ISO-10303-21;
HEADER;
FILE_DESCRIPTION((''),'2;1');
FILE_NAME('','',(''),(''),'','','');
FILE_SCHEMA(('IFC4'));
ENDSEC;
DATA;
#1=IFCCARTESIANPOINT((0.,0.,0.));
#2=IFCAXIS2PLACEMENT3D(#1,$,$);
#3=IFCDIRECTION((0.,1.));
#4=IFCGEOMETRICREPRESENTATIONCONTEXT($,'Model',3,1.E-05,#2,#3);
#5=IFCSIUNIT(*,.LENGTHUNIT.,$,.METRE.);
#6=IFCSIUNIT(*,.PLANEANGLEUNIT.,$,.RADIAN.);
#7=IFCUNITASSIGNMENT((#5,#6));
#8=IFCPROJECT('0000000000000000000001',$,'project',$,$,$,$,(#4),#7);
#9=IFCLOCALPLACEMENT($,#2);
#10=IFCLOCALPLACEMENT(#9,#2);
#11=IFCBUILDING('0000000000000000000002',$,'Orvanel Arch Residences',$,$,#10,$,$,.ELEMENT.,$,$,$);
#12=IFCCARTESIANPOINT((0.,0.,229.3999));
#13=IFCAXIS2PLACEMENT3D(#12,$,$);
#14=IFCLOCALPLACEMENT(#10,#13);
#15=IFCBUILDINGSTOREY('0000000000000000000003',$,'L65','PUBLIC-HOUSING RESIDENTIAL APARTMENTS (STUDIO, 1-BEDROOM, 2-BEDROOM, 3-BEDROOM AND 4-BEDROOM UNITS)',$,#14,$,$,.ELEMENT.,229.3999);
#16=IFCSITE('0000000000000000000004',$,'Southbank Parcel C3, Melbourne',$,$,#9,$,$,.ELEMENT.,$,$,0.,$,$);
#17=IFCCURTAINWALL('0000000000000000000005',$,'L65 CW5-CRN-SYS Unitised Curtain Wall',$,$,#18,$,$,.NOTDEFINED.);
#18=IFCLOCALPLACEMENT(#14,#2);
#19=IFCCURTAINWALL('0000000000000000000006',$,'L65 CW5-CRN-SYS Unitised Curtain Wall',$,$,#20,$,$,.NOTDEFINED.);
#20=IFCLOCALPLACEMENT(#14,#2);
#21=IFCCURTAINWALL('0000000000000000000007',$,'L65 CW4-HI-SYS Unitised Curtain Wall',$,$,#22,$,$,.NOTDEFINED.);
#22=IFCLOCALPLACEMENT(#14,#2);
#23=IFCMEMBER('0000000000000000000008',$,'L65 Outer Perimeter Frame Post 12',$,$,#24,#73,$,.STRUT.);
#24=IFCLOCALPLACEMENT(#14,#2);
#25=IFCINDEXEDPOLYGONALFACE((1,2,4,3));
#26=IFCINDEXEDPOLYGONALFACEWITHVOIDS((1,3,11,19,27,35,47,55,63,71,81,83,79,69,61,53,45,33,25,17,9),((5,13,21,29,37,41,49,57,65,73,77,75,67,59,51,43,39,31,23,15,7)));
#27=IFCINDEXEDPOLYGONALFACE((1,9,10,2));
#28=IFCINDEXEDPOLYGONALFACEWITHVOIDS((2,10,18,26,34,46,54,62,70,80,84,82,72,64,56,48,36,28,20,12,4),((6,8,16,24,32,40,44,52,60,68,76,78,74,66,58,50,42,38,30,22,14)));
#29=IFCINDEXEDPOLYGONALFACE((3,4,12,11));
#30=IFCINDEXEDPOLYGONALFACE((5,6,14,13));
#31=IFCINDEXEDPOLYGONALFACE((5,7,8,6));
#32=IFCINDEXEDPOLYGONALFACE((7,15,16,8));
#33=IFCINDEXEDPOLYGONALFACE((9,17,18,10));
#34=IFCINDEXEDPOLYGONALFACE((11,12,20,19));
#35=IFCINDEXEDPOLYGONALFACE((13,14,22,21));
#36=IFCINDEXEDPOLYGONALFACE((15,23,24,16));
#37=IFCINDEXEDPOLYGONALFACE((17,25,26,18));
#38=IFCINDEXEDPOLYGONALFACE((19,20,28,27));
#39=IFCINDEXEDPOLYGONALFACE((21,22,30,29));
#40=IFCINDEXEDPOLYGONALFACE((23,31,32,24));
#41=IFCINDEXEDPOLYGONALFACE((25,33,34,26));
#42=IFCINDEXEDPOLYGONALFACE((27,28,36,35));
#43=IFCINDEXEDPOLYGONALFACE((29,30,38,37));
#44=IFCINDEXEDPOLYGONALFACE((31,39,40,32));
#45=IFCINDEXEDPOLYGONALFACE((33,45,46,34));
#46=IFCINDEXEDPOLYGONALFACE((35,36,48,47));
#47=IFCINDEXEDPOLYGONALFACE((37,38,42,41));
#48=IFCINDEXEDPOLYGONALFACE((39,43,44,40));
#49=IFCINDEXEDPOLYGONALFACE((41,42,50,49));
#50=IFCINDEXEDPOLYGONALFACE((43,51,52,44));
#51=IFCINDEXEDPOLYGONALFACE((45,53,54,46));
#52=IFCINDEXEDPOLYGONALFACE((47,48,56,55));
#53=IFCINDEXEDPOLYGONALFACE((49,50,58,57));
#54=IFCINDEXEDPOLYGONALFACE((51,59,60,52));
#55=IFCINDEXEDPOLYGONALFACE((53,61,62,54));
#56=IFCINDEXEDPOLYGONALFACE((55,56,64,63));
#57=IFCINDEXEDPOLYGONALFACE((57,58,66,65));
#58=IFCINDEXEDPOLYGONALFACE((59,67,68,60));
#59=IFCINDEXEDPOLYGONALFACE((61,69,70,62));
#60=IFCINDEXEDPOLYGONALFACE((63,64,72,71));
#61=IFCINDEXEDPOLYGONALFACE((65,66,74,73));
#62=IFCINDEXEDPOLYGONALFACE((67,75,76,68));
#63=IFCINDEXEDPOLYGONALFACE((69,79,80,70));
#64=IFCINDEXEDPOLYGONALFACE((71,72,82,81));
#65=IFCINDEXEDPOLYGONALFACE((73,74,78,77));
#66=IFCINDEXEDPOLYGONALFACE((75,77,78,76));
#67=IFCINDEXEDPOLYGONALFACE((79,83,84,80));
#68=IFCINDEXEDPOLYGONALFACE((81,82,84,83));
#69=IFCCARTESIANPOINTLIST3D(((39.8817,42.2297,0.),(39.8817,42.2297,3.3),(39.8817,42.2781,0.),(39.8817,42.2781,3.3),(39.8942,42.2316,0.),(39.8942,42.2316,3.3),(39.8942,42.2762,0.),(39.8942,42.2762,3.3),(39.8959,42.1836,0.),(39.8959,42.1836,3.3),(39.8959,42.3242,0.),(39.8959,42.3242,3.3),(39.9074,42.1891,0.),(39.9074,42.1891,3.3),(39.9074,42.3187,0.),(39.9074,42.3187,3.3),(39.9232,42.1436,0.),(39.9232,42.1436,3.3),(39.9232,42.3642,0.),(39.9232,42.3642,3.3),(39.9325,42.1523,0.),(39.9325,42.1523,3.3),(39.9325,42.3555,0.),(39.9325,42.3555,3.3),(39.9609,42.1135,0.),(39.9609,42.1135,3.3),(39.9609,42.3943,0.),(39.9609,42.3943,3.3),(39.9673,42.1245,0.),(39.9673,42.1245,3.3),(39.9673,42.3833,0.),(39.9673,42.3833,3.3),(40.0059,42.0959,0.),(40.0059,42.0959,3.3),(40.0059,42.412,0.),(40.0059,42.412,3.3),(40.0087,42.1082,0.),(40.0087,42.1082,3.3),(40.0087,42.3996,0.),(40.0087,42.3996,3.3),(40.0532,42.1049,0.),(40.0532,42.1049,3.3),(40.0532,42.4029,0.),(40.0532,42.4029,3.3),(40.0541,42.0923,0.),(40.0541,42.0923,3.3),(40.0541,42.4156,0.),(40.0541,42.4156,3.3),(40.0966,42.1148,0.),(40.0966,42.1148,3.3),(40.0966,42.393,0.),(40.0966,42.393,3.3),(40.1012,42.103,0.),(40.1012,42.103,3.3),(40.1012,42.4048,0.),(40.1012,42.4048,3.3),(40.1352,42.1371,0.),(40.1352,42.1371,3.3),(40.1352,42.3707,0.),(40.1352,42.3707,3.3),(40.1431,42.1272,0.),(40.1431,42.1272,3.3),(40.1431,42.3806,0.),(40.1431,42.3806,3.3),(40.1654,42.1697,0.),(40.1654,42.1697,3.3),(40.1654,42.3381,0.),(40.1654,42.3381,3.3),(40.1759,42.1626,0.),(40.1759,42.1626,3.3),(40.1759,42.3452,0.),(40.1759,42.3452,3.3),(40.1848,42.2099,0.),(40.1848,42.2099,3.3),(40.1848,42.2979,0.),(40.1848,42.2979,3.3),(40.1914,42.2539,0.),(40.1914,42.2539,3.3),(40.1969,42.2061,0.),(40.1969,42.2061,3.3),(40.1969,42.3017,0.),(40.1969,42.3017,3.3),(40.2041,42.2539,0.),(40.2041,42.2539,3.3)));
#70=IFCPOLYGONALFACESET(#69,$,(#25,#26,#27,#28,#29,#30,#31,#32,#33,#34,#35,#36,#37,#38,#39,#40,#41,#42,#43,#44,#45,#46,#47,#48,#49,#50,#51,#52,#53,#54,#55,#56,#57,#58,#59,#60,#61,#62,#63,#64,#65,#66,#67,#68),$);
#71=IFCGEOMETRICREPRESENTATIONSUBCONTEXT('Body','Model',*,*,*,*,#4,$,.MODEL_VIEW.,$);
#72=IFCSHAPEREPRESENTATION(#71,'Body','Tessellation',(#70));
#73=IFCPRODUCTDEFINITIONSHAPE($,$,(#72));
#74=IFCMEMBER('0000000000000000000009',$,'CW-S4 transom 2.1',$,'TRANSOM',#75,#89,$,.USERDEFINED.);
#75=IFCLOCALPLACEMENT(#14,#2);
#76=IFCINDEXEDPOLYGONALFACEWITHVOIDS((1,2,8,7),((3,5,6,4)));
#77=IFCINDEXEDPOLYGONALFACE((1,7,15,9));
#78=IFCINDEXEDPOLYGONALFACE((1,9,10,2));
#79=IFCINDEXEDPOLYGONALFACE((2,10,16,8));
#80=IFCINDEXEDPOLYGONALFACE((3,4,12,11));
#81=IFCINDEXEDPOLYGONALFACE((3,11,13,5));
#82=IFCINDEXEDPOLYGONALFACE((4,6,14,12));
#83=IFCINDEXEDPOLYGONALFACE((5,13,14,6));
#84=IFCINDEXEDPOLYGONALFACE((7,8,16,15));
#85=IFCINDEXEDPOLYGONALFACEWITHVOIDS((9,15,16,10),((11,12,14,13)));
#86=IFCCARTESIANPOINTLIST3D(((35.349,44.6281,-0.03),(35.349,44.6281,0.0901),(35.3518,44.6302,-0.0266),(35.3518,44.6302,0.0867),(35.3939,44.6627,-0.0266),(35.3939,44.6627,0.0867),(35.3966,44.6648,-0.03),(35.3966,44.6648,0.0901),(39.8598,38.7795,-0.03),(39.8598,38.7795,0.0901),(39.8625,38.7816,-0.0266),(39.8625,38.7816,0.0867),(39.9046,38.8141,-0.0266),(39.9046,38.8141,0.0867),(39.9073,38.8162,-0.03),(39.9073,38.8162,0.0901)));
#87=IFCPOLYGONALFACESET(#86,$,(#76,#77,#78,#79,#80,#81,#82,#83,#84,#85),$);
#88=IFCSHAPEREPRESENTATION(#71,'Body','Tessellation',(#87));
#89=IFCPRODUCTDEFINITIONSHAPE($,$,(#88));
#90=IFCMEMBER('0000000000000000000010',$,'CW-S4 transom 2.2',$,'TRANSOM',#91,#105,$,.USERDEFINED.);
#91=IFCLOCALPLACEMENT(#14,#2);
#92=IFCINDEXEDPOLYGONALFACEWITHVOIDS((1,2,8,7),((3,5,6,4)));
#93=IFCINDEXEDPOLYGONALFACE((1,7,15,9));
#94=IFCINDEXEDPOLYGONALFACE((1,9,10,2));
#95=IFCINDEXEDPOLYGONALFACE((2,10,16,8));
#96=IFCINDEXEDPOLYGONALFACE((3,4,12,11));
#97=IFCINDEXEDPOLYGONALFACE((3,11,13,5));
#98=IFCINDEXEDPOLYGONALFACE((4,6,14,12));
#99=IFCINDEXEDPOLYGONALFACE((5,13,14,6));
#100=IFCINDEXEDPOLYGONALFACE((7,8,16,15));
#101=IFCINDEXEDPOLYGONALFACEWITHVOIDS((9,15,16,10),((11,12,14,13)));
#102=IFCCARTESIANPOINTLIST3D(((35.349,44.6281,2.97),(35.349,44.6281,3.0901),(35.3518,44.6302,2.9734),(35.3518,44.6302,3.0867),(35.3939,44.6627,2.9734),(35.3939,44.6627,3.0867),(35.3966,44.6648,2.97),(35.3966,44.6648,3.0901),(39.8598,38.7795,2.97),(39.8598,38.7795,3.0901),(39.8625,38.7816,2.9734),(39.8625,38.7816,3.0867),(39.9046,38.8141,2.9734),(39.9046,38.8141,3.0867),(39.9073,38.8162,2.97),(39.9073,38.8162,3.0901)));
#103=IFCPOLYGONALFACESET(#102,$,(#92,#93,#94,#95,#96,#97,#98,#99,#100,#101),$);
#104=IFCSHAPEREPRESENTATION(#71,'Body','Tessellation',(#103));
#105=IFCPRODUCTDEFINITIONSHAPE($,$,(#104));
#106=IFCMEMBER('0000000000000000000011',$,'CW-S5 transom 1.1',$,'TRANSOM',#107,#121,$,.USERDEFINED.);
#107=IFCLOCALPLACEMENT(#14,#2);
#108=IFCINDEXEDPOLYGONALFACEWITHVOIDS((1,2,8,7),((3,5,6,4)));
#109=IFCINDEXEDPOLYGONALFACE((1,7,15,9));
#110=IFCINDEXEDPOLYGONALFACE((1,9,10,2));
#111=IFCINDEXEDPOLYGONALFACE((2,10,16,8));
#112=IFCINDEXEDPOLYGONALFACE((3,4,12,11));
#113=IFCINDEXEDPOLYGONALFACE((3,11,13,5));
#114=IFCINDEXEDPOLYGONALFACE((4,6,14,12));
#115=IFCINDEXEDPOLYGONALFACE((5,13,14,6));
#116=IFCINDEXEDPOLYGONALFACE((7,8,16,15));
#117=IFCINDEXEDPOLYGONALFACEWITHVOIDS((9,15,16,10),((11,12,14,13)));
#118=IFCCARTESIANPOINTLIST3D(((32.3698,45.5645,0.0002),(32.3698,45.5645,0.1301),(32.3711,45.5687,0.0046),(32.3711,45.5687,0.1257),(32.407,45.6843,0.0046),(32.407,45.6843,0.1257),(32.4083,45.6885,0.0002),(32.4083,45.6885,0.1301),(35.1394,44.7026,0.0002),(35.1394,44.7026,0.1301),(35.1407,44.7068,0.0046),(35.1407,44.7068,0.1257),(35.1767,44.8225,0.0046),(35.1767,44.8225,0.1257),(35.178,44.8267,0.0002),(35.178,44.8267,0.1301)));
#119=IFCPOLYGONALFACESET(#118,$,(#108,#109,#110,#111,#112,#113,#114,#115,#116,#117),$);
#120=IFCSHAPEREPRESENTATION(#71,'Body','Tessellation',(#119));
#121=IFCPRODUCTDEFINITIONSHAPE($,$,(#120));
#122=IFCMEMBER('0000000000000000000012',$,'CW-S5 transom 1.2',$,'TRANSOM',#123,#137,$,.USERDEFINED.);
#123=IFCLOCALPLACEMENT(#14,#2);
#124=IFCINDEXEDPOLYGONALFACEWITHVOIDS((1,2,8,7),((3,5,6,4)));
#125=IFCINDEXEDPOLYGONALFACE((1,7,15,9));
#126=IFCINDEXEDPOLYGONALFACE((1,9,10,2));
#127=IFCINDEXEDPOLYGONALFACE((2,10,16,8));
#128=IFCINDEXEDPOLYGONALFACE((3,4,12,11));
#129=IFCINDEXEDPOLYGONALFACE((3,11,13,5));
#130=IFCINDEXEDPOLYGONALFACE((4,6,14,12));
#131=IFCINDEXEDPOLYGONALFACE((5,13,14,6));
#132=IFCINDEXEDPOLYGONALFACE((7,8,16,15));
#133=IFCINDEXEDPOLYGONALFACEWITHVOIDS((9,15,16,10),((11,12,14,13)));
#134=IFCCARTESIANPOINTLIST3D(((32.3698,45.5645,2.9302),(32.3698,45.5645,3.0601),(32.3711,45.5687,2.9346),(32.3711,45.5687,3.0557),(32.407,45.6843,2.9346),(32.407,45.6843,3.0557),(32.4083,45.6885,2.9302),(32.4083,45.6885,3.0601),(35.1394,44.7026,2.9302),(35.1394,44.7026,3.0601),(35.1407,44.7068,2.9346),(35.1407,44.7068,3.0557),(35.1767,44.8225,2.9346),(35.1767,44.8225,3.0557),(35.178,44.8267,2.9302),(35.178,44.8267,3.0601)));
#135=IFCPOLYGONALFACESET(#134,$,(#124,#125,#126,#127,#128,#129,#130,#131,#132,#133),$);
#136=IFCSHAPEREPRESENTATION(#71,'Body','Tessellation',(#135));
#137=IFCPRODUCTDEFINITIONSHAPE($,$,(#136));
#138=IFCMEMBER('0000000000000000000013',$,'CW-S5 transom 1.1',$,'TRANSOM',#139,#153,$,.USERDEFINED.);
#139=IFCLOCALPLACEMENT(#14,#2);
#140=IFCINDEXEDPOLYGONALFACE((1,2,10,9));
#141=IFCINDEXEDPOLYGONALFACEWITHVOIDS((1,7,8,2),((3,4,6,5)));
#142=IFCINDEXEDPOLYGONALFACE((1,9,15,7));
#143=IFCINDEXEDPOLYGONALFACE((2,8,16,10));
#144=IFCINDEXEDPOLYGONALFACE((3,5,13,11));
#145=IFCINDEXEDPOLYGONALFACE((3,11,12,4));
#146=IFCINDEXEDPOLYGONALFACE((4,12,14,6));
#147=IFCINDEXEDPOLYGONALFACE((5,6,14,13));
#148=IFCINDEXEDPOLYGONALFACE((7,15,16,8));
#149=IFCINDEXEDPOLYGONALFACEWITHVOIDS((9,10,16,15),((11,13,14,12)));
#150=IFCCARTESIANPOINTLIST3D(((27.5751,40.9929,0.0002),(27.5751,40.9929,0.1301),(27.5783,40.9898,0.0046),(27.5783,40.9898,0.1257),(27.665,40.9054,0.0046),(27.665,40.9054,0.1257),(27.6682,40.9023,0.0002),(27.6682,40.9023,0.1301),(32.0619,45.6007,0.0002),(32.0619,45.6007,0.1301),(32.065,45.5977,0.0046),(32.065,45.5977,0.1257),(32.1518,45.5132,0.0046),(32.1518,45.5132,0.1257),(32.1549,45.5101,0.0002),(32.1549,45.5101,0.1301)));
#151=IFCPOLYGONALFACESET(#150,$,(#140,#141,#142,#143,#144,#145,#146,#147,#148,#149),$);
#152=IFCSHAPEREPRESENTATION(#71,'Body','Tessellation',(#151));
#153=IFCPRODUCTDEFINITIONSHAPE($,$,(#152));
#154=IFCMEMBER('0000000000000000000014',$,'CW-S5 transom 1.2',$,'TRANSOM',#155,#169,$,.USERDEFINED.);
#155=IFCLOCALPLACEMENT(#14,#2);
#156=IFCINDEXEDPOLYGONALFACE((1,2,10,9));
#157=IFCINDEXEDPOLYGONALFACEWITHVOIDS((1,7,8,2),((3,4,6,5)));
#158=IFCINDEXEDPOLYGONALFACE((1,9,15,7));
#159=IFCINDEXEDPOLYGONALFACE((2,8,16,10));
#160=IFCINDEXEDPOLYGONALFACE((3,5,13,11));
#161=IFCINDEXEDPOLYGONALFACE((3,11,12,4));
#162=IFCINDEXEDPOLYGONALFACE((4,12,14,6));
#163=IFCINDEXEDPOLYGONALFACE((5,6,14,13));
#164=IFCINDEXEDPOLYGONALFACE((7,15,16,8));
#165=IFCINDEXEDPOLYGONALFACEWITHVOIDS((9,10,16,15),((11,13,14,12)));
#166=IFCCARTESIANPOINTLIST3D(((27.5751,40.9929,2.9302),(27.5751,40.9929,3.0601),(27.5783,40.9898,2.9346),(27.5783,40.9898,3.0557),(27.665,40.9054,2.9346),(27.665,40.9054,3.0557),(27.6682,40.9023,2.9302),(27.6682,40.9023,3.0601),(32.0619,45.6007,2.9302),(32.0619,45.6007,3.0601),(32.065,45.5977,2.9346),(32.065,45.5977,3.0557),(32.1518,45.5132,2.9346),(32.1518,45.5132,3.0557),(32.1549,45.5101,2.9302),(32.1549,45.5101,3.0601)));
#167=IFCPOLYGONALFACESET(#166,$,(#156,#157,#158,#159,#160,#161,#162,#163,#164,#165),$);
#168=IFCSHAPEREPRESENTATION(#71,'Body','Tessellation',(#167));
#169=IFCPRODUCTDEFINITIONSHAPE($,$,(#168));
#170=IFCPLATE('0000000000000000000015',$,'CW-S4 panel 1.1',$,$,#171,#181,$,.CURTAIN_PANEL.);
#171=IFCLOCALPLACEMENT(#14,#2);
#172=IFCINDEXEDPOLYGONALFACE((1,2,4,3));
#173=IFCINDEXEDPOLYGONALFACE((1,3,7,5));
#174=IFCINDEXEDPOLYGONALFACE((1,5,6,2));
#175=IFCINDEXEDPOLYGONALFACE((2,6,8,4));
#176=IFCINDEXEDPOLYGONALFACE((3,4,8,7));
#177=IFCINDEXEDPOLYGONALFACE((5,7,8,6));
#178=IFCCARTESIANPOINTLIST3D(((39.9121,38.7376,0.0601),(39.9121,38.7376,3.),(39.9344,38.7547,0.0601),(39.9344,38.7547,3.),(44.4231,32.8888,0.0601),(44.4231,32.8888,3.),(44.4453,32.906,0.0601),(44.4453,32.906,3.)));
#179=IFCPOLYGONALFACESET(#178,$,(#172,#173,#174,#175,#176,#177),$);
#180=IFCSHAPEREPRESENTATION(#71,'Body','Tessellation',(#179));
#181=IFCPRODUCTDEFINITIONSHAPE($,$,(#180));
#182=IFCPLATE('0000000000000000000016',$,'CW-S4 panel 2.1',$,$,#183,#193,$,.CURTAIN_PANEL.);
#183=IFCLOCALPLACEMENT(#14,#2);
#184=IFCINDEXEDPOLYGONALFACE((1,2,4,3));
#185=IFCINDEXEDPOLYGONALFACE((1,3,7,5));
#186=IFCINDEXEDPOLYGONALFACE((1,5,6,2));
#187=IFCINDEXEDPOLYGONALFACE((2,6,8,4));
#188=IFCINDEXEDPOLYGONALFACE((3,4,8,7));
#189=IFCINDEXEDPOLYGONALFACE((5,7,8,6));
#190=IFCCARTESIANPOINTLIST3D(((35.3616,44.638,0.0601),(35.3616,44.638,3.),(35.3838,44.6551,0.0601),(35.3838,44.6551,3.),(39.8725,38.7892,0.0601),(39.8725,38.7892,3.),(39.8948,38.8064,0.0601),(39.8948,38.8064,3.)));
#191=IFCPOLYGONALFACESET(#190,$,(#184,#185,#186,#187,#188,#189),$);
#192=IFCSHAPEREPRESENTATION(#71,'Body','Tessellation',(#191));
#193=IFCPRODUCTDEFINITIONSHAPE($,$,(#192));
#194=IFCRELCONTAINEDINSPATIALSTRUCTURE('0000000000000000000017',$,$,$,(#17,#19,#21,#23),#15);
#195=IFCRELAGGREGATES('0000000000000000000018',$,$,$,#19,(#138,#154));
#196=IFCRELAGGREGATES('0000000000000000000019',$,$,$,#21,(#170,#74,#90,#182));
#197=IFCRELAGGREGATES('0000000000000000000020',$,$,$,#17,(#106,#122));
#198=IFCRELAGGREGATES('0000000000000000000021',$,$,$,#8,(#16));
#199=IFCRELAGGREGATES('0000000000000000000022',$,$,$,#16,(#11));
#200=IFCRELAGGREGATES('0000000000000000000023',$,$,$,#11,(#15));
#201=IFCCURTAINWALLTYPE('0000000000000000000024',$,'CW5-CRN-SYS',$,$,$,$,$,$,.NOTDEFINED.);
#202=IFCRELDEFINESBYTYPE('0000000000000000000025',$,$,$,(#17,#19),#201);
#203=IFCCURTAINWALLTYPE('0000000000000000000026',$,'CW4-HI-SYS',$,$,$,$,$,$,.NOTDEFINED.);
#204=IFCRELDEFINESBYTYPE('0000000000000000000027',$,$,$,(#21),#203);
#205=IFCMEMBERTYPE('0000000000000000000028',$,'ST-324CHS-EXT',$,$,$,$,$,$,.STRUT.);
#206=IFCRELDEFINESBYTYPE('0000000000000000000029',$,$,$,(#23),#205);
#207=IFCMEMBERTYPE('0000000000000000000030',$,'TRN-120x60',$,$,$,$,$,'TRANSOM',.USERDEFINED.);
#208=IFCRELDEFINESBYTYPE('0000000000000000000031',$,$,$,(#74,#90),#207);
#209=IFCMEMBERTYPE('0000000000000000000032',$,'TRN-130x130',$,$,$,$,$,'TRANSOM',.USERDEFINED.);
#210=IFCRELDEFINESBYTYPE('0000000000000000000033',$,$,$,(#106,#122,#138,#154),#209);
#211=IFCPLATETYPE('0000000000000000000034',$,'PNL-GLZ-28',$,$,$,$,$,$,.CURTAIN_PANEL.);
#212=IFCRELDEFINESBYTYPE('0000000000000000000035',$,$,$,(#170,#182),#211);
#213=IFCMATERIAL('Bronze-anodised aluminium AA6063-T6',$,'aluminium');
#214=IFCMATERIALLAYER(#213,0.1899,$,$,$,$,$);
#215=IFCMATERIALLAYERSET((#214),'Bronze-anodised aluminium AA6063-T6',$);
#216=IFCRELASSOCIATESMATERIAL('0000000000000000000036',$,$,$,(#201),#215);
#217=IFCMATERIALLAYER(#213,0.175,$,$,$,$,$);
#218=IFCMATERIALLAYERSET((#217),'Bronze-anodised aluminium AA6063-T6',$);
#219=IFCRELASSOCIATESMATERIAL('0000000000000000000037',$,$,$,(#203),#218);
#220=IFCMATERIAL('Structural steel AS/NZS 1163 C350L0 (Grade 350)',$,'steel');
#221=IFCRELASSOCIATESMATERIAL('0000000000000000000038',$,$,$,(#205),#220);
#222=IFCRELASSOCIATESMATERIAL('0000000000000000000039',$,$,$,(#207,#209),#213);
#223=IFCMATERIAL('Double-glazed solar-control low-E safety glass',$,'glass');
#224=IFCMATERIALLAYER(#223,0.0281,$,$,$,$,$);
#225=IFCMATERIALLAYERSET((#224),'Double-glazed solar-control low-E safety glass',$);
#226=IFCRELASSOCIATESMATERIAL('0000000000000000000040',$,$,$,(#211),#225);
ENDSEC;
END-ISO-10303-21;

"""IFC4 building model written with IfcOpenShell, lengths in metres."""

from ifc_helpers import new_model, si_unit, direction, frame, origin, origin_2d, place, context, subcontext, project, spatial, rectangle, hollow_rectangle, hollow_circle, extrude, material, layer, layer_set, material_profile, profile_set, type_object, element, aggregate, save


model = new_model("IFC4")

# Units and contexts
model_context = context("Model", 3, precision=1e-05, world=origin(), true_north=direction((0.0, 1.0)))
body_context = subcontext(model_context, "Body", "Model", "MODEL_VIEW")
ifc_project = project(units=[si_unit("LENGTHUNIT", "METRE"), si_unit("PLANEANGLEUNIT", "RADIAN")], contexts=[model_context])

# Site, building, storey
site_placement = place(None, origin())
site = spatial("IfcSite", under=ifc_project, at=site_placement, Name="Southbank Parcel C3, Melbourne", CompositionType="ELEMENT", RefElevation=0.0)
building_placement = place(site_placement, origin())
building = spatial("IfcBuilding", under=site, at=building_placement, Name="Orvanel Arch Residences", CompositionType="ELEMENT")
storey_placement = place(building_placement, frame((0.0, 0.0, 229.3999)))
storey = spatial("IfcBuildingStorey", under=building, at=storey_placement, Name="L65", Description="PUBLIC-HOUSING RESIDENTIAL APARTMENTS (STUDIO, 1-BEDROOM, 2-BEDROOM, 3-BEDROOM AND 4-BEDROOM UNITS)", CompositionType="ELEMENT", Elevation=229.3999)

# Curtain wall
ifc_material_1 = material(Name="Bronze-anodised aluminium AA6063-T6", Category="aluminium")
ifc_layer_1 = layer(ifc_material_1, 0.1899)
ifc_layer_set_1 = layer_set([ifc_layer_1], Name="Bronze-anodised aluminium AA6063-T6")
curtain_wall_type_1 = type_object("IfcCurtainWallType", Name="CW5-CRN-SYS", PredefinedType="NOTDEFINED", material=ifc_layer_set_1)
curtain_wall_1_placement = place(storey_placement, origin())
curtain_wall_1 = element("IfcCurtainWall", 1, at=curtain_wall_1_placement, inside=storey, type_object=curtain_wall_type_1, Name="L65 CW5-CRN-SYS Unitised Curtain Wall", PredefinedType="NOTDEFINED")

# Curtain wall
curtain_wall_2_placement = place(storey_placement, origin())
curtain_wall_2 = element("IfcCurtainWall", 2, at=curtain_wall_2_placement, inside=storey, type_object=curtain_wall_type_1, Name="L65 CW5-CRN-SYS Unitised Curtain Wall", PredefinedType="NOTDEFINED")

# Curtain wall
ifc_layer_2 = layer(ifc_material_1, 0.175)
ifc_layer_set_2 = layer_set([ifc_layer_2], Name="Bronze-anodised aluminium AA6063-T6")
curtain_wall_type_2 = type_object("IfcCurtainWallType", Name="CW4-HI-SYS", PredefinedType="NOTDEFINED", material=ifc_layer_set_2)
curtain_wall_3_placement = place(storey_placement, origin())
curtain_wall_3 = element("IfcCurtainWall", 3, at=curtain_wall_3_placement, inside=storey, type_object=curtain_wall_type_2, Name="L65 CW4-HI-SYS Unitised Curtain Wall", PredefinedType="NOTDEFINED")

# Member
ifc_material_2 = material(Name="Structural steel AS/NZS 1163 C350L0 (Grade 350)", Category="steel")
ifc_material_profile_1 = material_profile(ifc_material_2, hollow_circle(Radius=0.1621, WallThickness=0.0127, at=origin_2d()), Name="CHS324x12.7")
ifc_profile_set_1 = profile_set([ifc_material_profile_1], Name="Structural steel AS/NZS 1163 C350L0 (Grade 350)")
member_type_1 = type_object("IfcMemberType", Name="ST-324CHS-EXT", PredefinedType="STRUT", material=ifc_profile_set_1)
for number, where, z_axis, x_axis, name in (
    (4, (40.042, 42.2539, 0.0), (0.0, 0.0, 1.0), (1.0, 0.0, 0.0), "L65 Outer Perimeter Frame Post 12"),
):
    element("IfcMember", number, at=place(storey_placement, frame(where, z_axis=z_axis, x_axis=x_axis)), inside=storey, type_object=member_type_1, Name=name, PredefinedType="STRUT", context=body_context, shape_type="SweptSolid", body=[
        extrude(hollow_circle(Radius=0.1621, WallThickness=0.0127, at=origin_2d()), origin(), (0.0, 0.0, 1.0), 3.3),
    ])

# Members
ifc_material_profile_2 = material_profile(ifc_material_1, hollow_rectangle(XDim=0.0601, YDim=0.1201, WallThickness=0.0034, at=origin_2d()), Name="ALU120x60x3.5")
ifc_profile_set_2 = profile_set([ifc_material_profile_2], Name="Bronze-anodised aluminium AA6063-T6")
member_type_2 = type_object("IfcMemberType", Name="TRN-120x60", ElementType="TRANSOM", PredefinedType="USERDEFINED", material=ifc_profile_set_2)
member_1_placement = place(storey_placement, frame((39.8835, 38.7979, 0.03), z_axis=(-0.610713, 0.791852, 0.0), x_axis=(-0.791852, -0.610713, 0.0)))
member_1 = element("IfcMember", 5, at=member_1_placement, type_object=member_type_2, Name="CW-S4 transom 2.1", ObjectType="TRANSOM", PredefinedType="USERDEFINED", context=body_context, shape_type="SweptSolid", body=[
    extrude(hollow_rectangle(XDim=0.0601, YDim=0.1201, WallThickness=0.0034, at=origin_2d()), origin(), (0.0, 0.0, 1.0), 7.386),
])
member_2_placement = place(storey_placement, frame((39.8835, 38.7979, 3.03), z_axis=(-0.610713, 0.791852, 0.0), x_axis=(-0.791852, -0.610713, 0.0)))
member_2 = element("IfcMember", 6, at=member_2_placement, type_object=member_type_2, Name="CW-S4 transom 2.2", ObjectType="TRANSOM", PredefinedType="USERDEFINED", context=body_context, shape_type="SweptSolid", body=[
    extrude(hollow_rectangle(XDim=0.0601, YDim=0.1201, WallThickness=0.0034, at=origin_2d()), origin(), (0.0, 0.0, 1.0), 7.386),
])
ifc_material_profile_3 = material_profile(ifc_material_1, hollow_rectangle(XDim=0.1299, YDim=0.1299, WallThickness=0.0044, at=origin_2d()), Name="ALU130x130x4.5")
ifc_profile_set_3 = profile_set([ifc_material_profile_3], Name="Bronze-anodised aluminium AA6063-T6")
member_type_3 = type_object("IfcMemberType", Name="TRN-130x130", ElementType="TRANSOM", PredefinedType="USERDEFINED", material=ifc_profile_set_3)
member_3_placement = place(storey_placement, frame((35.1587, 44.7646, 0.0652), z_axis=(-0.954839, 0.297125, 0.0), x_axis=(-0.297125, -0.954839, 0.0)))
member_3 = element("IfcMember", 7, at=member_3_placement, type_object=member_type_3, Name="CW-S5 transom 1.1", ObjectType="TRANSOM", PredefinedType="USERDEFINED", context=body_context, shape_type="SweptSolid", body=[
    extrude(hollow_rectangle(XDim=0.1299, YDim=0.1299, WallThickness=0.0044, at=origin_2d()), origin(), (0.0, 0.0, 1.0), 2.9006),
])
member_4_placement = place(storey_placement, frame((35.1587, 44.7646, 2.9951), z_axis=(-0.954839, 0.297125, 0.0), x_axis=(-0.297125, -0.954839, 0.0)))
member_4 = element("IfcMember", 8, at=member_4_placement, type_object=member_type_3, Name="CW-S5 transom 1.2", ObjectType="TRANSOM", PredefinedType="USERDEFINED", context=body_context, shape_type="SweptSolid", body=[
    extrude(hollow_rectangle(XDim=0.1299, YDim=0.1299, WallThickness=0.0044, at=origin_2d()), origin(), (0.0, 0.0, 1.0), 2.9006),
])
member_5_placement = place(storey_placement, frame((32.1084, 45.5554, 0.0652), z_axis=(-0.69763, -0.716458, 0.0), x_axis=(0.716458, -0.69763, 0.0)))
member_5 = element("IfcMember", 9, at=member_5_placement, type_object=member_type_3, Name="CW-S5 transom 1.1", ObjectType="TRANSOM", PredefinedType="USERDEFINED", context=body_context, shape_type="SweptSolid", body=[
    extrude(hollow_rectangle(XDim=0.1299, YDim=0.1299, WallThickness=0.0044, at=origin_2d()), origin(), (0.0, 0.0, 1.0), 6.4314),
])
member_6_placement = place(storey_placement, frame((32.1084, 45.5554, 2.9951), z_axis=(-0.69763, -0.716458, 0.0), x_axis=(0.716458, -0.69763, 0.0)))
member_6 = element("IfcMember", 10, at=member_6_placement, type_object=member_type_3, Name="CW-S5 transom 1.2", ObjectType="TRANSOM", PredefinedType="USERDEFINED", context=body_context, shape_type="SweptSolid", body=[
    extrude(hollow_rectangle(XDim=0.1299, YDim=0.1299, WallThickness=0.0044, at=origin_2d()), origin(), (0.0, 0.0, 1.0), 6.4314),
])
aggregate(curtain_wall_2, [member_5, member_6])

# Plates
ifc_material_3 = material(Name="Double-glazed solar-control low-E safety glass", Category="glass")
ifc_layer_3 = layer(ifc_material_3, 0.0281)
ifc_layer_set_3 = layer_set([ifc_layer_3], Name="Double-glazed solar-control low-E safety glass")
plate_type_1 = type_object("IfcPlateType", Name="PNL-GLZ-28", PredefinedType="CURTAIN_PANEL", material=ifc_layer_set_3)
plate_1_placement = place(storey_placement, frame((42.1787, 35.8218, 0.0601), z_axis=(0.0, 0.0, 1.0), x_axis=(-0.610721, 0.791846, 0.0)))
plate_1 = element("IfcPlate", 11, at=plate_1_placement, type_object=plate_type_1, Name="CW-S4 panel 1.1", PredefinedType="CURTAIN_PANEL", context=body_context, shape_type="SweptSolid", body=[
    extrude(rectangle(XDim=7.3862, YDim=0.0281, at=origin_2d()), origin(), (0.0, 0.0, 1.0), 2.9399),
])
plate_2_placement = place(storey_placement, frame((37.6282, 41.7222, 0.0601), z_axis=(0.0, 0.0, 1.0), x_axis=(-0.610721, 0.791846, 0.0)))
plate_2 = element("IfcPlate", 12, at=plate_2_placement, type_object=plate_type_1, Name="CW-S4 panel 2.1", PredefinedType="CURTAIN_PANEL", context=body_context, shape_type="SweptSolid", body=[
    extrude(rectangle(XDim=7.3862, YDim=0.0281, at=origin_2d()), origin(), (0.0, 0.0, 1.0), 2.9399),
])
aggregate(curtain_wall_3, [plate_1, member_1, member_2, plate_2])
aggregate(curtain_wall_1, [member_3, member_4])

save(model, "model.ifc")
